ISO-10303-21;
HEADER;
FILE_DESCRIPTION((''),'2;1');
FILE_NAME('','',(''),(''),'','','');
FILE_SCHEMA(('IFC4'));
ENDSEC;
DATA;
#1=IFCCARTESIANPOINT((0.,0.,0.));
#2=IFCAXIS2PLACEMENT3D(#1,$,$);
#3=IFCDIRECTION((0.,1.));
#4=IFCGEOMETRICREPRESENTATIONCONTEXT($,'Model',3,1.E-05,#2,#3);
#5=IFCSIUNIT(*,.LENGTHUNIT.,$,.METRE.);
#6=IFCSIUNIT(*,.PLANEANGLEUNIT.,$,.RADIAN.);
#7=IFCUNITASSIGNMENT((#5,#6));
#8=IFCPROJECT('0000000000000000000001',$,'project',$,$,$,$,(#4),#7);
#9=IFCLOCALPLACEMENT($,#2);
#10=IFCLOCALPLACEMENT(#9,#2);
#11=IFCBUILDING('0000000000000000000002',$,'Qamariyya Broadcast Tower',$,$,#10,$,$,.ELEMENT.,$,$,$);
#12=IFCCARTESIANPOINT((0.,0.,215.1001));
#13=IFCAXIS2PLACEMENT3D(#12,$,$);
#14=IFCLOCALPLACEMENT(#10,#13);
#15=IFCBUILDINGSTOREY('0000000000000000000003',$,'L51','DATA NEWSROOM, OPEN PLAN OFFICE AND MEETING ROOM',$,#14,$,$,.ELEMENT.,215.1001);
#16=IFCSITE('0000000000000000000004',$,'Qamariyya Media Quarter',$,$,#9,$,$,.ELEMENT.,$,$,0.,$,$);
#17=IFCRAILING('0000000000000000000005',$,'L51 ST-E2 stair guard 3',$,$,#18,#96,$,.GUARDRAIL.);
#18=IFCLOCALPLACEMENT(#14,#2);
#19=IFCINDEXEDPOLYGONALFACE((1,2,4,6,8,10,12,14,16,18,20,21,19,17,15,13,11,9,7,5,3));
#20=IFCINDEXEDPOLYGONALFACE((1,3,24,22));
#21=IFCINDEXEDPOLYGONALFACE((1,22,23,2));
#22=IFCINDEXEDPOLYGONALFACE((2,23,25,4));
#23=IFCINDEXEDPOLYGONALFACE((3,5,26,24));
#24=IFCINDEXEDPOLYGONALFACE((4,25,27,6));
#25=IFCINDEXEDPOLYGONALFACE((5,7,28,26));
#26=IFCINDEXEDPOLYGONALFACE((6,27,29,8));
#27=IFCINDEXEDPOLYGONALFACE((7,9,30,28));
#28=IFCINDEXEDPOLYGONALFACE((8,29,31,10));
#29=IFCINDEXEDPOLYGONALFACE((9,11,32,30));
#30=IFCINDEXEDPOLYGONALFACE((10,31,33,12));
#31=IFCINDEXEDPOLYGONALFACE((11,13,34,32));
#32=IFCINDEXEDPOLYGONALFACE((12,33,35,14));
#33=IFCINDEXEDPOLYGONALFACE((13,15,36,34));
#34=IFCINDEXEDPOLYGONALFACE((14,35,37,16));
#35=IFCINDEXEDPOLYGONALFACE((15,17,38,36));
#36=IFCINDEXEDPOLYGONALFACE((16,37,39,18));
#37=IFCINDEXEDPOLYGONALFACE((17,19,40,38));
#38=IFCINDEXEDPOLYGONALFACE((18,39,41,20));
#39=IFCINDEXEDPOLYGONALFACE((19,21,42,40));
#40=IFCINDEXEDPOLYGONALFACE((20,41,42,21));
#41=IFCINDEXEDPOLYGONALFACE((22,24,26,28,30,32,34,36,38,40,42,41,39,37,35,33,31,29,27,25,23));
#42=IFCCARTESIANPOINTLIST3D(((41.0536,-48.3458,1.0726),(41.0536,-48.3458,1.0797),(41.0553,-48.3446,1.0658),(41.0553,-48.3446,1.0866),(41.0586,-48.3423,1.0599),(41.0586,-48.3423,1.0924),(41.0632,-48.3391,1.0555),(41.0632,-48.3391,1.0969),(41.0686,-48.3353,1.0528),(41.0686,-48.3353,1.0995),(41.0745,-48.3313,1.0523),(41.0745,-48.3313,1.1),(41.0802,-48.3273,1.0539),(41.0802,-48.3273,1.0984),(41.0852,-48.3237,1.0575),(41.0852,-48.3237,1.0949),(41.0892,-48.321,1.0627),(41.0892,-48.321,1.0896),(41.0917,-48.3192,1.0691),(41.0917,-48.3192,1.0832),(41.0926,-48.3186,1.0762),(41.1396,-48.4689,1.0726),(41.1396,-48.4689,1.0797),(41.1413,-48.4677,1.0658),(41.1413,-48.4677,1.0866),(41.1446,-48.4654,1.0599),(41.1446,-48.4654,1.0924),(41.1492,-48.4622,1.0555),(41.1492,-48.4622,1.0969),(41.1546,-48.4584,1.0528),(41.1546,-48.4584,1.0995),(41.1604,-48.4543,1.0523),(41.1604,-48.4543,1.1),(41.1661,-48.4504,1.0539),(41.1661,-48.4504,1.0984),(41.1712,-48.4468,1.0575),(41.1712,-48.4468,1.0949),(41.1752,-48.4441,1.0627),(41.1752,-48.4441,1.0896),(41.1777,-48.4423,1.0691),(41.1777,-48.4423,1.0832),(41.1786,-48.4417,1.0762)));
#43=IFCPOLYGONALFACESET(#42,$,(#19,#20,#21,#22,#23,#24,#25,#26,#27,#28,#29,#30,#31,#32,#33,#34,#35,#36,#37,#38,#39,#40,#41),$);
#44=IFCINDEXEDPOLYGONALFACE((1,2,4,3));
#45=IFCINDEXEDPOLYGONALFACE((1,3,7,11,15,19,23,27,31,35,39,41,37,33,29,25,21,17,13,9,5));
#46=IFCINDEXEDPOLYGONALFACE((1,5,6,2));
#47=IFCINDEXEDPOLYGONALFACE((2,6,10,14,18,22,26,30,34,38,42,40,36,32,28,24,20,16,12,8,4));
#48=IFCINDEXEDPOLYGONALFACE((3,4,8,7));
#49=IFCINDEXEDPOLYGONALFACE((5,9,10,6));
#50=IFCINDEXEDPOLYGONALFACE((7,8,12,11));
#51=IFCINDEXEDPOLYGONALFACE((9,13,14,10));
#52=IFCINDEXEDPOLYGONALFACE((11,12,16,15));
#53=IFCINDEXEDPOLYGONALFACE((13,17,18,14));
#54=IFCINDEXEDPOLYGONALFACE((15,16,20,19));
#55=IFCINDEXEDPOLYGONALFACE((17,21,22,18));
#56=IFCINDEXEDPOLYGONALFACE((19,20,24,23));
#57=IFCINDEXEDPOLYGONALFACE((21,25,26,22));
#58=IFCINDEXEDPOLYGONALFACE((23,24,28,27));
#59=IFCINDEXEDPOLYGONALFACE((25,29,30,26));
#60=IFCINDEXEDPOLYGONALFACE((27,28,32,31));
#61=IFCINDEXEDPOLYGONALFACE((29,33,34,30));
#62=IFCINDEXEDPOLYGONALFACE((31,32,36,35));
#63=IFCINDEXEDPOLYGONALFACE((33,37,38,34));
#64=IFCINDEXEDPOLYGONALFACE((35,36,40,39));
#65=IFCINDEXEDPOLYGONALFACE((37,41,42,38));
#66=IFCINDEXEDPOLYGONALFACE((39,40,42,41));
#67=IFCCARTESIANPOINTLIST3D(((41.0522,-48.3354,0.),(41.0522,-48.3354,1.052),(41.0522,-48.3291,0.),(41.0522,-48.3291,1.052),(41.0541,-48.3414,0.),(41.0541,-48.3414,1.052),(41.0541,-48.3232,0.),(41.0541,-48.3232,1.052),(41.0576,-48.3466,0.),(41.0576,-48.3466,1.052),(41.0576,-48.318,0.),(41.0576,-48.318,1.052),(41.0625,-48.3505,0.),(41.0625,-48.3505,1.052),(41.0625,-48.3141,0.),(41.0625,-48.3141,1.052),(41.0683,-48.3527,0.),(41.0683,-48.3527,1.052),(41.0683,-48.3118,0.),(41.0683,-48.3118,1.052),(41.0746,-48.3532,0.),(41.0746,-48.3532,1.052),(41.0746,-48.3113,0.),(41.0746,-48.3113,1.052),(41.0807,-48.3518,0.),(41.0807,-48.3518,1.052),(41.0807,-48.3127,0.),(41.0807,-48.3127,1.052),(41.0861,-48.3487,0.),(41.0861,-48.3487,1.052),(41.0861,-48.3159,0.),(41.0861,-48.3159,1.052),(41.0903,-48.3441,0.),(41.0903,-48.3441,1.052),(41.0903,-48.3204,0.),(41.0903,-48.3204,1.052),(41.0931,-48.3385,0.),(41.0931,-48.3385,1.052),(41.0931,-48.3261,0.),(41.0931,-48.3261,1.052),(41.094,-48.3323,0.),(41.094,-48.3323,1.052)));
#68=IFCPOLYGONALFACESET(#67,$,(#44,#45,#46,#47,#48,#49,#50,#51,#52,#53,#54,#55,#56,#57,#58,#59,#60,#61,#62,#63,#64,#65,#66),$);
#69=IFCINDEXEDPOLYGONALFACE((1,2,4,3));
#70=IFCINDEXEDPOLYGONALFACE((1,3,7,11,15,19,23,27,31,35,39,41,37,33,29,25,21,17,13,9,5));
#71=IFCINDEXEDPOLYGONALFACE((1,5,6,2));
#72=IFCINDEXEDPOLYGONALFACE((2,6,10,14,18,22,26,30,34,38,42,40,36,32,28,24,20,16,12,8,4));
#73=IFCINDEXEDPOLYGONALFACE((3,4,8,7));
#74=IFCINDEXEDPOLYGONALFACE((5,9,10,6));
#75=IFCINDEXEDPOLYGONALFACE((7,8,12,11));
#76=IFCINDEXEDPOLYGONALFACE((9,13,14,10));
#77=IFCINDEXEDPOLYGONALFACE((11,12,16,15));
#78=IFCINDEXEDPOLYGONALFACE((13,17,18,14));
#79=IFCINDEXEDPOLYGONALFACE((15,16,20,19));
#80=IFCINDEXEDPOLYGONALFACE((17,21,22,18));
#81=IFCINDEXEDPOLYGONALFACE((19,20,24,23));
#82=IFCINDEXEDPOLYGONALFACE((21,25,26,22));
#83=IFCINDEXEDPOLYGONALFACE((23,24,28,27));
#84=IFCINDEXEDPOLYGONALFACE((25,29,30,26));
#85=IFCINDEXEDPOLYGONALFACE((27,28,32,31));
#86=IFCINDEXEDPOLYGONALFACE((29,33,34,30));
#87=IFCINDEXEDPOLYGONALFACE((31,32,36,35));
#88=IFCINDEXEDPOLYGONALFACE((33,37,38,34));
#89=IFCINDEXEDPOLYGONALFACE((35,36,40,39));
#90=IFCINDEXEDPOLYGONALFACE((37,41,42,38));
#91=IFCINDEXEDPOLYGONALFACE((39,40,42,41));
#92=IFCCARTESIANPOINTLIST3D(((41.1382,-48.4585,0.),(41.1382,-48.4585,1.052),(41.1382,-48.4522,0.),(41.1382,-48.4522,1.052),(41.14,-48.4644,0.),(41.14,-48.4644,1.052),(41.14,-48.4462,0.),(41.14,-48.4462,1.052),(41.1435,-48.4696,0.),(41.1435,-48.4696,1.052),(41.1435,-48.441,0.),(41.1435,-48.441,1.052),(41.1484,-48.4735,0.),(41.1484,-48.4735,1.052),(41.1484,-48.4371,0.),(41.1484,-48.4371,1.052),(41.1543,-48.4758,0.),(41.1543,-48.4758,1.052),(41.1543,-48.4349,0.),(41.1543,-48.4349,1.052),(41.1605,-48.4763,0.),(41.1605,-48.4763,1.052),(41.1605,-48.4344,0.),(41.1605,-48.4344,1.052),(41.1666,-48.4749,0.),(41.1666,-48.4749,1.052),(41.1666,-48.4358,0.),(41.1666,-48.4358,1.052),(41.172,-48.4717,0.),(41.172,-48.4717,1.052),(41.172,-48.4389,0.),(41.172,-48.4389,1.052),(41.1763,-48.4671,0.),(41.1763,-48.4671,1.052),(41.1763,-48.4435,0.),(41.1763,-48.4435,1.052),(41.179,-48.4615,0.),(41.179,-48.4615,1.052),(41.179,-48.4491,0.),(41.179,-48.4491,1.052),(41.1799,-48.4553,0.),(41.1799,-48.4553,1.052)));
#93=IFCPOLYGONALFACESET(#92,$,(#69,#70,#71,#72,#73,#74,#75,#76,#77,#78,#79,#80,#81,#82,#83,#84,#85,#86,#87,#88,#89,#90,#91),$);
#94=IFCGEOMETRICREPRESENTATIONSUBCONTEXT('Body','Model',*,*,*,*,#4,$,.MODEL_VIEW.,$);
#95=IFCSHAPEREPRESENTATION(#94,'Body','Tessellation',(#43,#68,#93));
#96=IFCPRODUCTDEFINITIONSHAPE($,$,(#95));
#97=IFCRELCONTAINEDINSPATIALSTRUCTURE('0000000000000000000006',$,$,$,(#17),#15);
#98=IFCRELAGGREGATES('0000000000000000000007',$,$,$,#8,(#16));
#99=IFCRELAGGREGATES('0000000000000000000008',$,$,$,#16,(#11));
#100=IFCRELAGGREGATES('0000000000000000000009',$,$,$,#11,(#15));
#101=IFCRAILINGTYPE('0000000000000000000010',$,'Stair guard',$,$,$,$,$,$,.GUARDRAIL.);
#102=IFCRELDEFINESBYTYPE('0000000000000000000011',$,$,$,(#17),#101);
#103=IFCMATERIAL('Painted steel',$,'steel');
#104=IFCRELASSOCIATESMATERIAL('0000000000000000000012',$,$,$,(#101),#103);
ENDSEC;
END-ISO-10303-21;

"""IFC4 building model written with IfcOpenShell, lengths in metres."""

from ifc_helpers import new_model, si_unit, direction, frame, origin, origin_2d, place, context, subcontext, project, spatial, circle, extrude, material, type_object, element, save


model = new_model("IFC4")

# Units and contexts
model_context = context("Model", 3, precision=1e-05, world=origin(), true_north=direction((0.0, 1.0)))
body_context = subcontext(model_context, "Body", "Model", "MODEL_VIEW")
ifc_project = project(units=[si_unit("LENGTHUNIT", "METRE"), si_unit("PLANEANGLEUNIT", "RADIAN")], contexts=[model_context])

# Site, building, storey
site_placement = place(None, origin())
site = spatial("IfcSite", under=ifc_project, at=site_placement, Name="Qamariyya Media Quarter", CompositionType="ELEMENT", RefElevation=0.0)
building_placement = place(site_placement, origin())
building = spatial("IfcBuilding", under=site, at=building_placement, Name="Qamariyya Broadcast Tower", CompositionType="ELEMENT")
storey_placement = place(building_placement, frame((0.0, 0.0, 215.1001)))
storey = spatial("IfcBuildingStorey", under=building, at=storey_placement, Name="L51", Description="DATA NEWSROOM, OPEN PLAN OFFICE AND MEETING ROOM", CompositionType="ELEMENT", Elevation=215.1001)

# Railing
ifc_material_1 = material(Name="Painted steel", Category="steel")
railing_type_1 = type_object("IfcRailingType", Name="Stair guard", PredefinedType="GUARDRAIL", material=ifc_material_1)
railing_1_placement = place(storey_placement, frame((41.073, -48.3323, 0.0)))
element("IfcRailing", 1, at=railing_1_placement, inside=storey, type_object=railing_type_1, Name="L51 ST-E2 stair guard 3", PredefinedType="GUARDRAIL", context=body_context, shape_type="SweptSolid", body=[
    extrude(circle(Radius=0.0239, at=origin_2d()), frame((0.0, 0.0, 1.0762), z_axis=(0.572589, -0.819843, 0.0), x_axis=(0.819843, 0.572589, 0.0)), (0.0, 0.0, 1.0), 0.1501),
    extrude(circle(Radius=0.021, at=origin_2d()), origin(), (0.0, 0.0, 1.0), 1.052),
    extrude(circle(Radius=0.021, at=origin_2d()), frame((0.0859, -0.123, 0.0)), (0.0, 0.0, 1.0), 1.052),
])

save(model, "model.ifc")
